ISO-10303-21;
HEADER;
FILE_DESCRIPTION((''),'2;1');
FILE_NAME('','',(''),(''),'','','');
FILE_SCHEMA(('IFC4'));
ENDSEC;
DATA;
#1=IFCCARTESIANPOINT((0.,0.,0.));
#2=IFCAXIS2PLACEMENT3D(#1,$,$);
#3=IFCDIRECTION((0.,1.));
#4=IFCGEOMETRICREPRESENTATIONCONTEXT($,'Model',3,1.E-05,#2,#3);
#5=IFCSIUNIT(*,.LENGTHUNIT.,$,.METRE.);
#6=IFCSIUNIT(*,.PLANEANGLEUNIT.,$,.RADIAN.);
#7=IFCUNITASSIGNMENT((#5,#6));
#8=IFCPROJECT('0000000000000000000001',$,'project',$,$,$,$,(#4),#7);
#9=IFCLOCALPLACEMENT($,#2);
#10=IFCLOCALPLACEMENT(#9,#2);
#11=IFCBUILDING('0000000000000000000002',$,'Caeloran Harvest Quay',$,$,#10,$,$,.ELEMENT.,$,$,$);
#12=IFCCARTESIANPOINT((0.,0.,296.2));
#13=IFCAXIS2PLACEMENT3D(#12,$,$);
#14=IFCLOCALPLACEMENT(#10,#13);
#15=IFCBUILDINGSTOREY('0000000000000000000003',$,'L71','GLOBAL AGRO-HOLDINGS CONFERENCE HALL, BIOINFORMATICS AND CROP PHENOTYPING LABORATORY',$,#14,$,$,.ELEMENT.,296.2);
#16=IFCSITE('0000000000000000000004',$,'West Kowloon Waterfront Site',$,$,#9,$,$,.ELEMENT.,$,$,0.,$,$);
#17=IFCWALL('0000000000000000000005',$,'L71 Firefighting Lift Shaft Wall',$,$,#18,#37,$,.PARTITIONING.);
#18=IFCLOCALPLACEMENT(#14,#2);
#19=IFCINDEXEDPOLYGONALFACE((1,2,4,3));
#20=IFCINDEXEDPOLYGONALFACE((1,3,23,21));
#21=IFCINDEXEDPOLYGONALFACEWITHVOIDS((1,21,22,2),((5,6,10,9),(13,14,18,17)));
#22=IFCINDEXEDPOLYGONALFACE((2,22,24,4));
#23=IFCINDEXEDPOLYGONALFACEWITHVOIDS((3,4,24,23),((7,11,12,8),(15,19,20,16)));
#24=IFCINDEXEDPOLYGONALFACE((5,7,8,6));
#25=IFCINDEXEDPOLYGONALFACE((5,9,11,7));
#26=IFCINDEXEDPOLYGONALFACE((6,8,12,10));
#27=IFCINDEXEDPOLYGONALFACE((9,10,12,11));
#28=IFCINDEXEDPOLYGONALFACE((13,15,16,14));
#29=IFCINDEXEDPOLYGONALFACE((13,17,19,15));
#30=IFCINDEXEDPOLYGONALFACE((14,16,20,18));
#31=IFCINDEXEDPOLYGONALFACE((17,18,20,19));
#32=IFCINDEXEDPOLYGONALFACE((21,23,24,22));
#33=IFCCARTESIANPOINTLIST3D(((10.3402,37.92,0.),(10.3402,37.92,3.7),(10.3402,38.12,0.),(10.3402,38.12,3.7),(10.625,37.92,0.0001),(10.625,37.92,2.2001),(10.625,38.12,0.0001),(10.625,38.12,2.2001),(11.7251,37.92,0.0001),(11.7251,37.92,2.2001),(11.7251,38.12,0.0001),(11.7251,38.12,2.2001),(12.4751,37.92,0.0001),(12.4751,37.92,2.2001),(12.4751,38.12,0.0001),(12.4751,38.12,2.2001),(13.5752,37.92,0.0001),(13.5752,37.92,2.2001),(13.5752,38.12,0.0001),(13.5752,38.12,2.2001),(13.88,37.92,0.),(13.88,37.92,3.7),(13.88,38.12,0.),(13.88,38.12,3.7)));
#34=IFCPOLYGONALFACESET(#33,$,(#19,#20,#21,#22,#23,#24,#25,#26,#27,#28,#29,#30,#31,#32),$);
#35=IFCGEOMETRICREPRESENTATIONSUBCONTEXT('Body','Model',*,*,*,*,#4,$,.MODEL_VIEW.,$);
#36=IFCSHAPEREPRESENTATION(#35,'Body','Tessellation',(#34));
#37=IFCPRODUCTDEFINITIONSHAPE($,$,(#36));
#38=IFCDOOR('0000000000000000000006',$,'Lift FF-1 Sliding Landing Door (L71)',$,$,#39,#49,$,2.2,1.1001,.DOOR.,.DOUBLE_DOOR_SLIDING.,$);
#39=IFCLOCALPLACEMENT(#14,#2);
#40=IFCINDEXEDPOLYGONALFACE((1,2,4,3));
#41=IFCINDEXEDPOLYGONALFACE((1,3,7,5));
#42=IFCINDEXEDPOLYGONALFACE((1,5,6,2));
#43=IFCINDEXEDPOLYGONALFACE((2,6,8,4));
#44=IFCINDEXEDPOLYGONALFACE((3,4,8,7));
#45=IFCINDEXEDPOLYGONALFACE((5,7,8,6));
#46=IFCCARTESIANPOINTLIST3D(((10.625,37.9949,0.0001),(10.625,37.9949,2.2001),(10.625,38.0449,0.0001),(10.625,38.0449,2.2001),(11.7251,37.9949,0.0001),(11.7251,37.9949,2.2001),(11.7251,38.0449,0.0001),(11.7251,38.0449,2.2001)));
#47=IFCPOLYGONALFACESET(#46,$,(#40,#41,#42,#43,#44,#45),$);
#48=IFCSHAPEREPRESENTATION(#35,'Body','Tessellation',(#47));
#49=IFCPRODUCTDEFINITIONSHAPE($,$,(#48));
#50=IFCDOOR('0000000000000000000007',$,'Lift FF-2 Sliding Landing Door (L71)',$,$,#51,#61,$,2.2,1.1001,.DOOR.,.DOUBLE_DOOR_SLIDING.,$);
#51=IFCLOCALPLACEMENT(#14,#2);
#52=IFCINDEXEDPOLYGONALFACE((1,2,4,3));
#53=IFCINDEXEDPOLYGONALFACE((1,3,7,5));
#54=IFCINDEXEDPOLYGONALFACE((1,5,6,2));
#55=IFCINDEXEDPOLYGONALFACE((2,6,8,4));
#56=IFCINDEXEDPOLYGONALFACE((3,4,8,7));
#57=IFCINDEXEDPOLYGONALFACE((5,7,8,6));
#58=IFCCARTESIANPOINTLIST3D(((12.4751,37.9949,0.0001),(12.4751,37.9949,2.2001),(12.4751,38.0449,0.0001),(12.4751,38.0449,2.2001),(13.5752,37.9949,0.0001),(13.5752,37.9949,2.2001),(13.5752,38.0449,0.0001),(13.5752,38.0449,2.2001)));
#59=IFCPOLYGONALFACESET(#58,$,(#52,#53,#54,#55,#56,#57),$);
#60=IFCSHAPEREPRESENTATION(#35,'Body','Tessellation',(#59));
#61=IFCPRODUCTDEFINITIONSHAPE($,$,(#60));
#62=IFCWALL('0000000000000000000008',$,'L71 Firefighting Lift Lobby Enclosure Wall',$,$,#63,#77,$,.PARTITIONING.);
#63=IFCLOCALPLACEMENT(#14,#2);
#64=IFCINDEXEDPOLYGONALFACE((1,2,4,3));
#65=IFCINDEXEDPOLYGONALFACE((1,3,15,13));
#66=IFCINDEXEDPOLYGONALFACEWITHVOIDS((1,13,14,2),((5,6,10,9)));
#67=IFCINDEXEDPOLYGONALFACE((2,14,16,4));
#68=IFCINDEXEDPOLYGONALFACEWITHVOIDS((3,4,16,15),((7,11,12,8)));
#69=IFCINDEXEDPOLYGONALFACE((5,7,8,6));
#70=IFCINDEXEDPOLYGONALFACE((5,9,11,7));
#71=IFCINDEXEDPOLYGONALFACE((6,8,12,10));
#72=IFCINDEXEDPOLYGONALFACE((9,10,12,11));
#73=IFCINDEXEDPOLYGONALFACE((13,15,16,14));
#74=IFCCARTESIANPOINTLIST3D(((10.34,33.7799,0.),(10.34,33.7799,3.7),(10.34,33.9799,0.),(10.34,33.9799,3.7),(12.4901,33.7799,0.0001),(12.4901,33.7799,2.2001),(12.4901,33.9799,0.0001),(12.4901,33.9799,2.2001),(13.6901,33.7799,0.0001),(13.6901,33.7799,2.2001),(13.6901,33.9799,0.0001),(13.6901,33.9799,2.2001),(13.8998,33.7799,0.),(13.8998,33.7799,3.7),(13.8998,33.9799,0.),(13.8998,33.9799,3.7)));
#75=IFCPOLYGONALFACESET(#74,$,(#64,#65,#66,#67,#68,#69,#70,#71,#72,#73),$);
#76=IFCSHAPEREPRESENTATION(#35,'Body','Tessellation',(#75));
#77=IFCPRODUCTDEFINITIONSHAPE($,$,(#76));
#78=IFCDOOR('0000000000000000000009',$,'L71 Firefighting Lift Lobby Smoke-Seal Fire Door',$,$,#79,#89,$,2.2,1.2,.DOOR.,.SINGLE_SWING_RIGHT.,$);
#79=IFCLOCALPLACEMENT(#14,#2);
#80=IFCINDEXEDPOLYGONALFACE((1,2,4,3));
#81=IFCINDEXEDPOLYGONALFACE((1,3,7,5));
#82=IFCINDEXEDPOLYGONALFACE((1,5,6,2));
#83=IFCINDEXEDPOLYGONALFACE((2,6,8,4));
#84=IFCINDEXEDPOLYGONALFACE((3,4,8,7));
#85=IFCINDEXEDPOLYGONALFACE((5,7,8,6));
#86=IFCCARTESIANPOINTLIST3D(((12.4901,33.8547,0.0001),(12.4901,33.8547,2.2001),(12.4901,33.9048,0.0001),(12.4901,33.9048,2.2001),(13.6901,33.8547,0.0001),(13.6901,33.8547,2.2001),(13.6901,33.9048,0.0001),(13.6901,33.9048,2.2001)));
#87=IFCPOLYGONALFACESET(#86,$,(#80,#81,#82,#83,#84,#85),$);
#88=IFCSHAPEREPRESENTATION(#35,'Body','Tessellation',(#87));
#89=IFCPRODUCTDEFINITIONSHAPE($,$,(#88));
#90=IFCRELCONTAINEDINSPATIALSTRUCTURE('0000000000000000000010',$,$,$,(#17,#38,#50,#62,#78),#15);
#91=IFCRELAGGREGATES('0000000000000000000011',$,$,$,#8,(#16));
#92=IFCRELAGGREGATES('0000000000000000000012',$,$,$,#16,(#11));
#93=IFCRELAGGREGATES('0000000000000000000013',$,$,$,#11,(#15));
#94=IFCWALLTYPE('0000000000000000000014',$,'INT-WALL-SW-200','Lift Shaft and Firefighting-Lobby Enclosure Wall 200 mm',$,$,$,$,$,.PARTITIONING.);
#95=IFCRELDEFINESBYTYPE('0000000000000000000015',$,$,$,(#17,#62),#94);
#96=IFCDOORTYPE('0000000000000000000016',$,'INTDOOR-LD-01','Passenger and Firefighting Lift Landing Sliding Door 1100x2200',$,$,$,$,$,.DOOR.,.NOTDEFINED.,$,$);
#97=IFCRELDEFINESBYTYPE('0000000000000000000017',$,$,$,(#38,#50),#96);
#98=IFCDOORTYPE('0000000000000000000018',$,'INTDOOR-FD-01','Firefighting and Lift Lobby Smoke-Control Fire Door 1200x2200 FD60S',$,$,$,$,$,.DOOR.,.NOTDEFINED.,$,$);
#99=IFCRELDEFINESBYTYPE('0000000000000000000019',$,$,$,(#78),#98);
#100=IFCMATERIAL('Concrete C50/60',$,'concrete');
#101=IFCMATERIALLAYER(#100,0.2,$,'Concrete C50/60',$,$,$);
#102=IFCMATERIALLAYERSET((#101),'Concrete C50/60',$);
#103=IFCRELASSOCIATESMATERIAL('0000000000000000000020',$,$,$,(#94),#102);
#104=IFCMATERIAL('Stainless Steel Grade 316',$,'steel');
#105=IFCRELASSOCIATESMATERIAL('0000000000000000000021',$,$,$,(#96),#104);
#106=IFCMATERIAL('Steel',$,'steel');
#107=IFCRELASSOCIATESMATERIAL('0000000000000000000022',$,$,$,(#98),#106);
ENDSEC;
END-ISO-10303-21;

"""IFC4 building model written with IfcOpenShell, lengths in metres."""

from ifc_helpers import new_model, si_unit, direction, frame, frame_2d, origin, place, context, subcontext, project, spatial, rectangle, extrude, material, layer, layer_set, type_object, element, fill, save


model = new_model("IFC4")

# Units and contexts
model_context = context("Model", 3, precision=1e-05, world=origin(), true_north=direction((0.0, 1.0)))
body_context = subcontext(model_context, "Body", "Model", "MODEL_VIEW")
ifc_project = project(units=[si_unit("LENGTHUNIT", "METRE"), si_unit("PLANEANGLEUNIT", "RADIAN")], contexts=[model_context])

# Site, building, storey
site_placement = place(None, origin())
site = spatial("IfcSite", under=ifc_project, at=site_placement, Name="West Kowloon Waterfront Site", CompositionType="ELEMENT", RefElevation=0.0)
building_placement = place(site_placement, origin())
building = spatial("IfcBuilding", under=site, at=building_placement, Name="Caeloran Harvest Quay", CompositionType="ELEMENT")
storey_placement = place(building_placement, frame((0.0, 0.0, 296.2)))
storey = spatial("IfcBuildingStorey", under=building, at=storey_placement, Name="L71", Description="GLOBAL AGRO-HOLDINGS CONFERENCE HALL, BIOINFORMATICS AND CROP PHENOTYPING LABORATORY", CompositionType="ELEMENT", Elevation=296.2)

# Shared definitions
ifc_material_1 = material(Name="Concrete C50/60", Category="concrete")
ifc_layer_1 = layer(ifc_material_1, 0.2, Name="Concrete C50/60")
ifc_layer_set_1 = layer_set([ifc_layer_1], Name="Concrete C50/60")
wall_type_1 = type_object("IfcWallType", Name="INT-WALL-SW-200", Description="Lift Shaft and Firefighting-Lobby Enclosure Wall 200 mm", PredefinedType="PARTITIONING", material=ifc_layer_set_1)
ifc_material_2 = material(Name="Stainless Steel Grade 316", Category="steel")
door_type_1 = type_object("IfcDoorType", Name="INTDOOR-LD-01", Description="Passenger and Firefighting Lift Landing Sliding Door 1100x2200", OperationType="NOTDEFINED", PredefinedType="DOOR", material=ifc_material_2)

# Wall, openings, doors
wall_1_placement = place(storey_placement, frame((10.3401, 38.02, 0.0), z_axis=(0.0, 0.0, 1.0), x_axis=(1.0, 0.0, 0.0)))
wall_1 = element("IfcWall", 1, at=wall_1_placement, inside=storey, type_object=wall_type_1, Name="L71 Firefighting Lift Shaft Wall", PredefinedType="PARTITIONING", context=body_context, shape_type="SweptSolid", body=[
    extrude(rectangle(XDim=3.5398, YDim=0.2, at=frame_2d((1.77, 0.0))), origin(), (0.0, 0.0, 1.0), 3.7),
])
opening_1_placement = place(wall_1_placement, frame((0.2849, 0.0, 0.0)))
opening_1 = element("IfcOpeningElement", 2, at=opening_1_placement, cuts=wall_1, PredefinedType="OPENING", context=body_context, shape_type="SweptSolid", body=[
    extrude(rectangle(XDim=1.1001, YDim=2.2, at=frame_2d((0.55, 1.1001))), frame((0.0, 0.1099, 0.0), z_axis=(0.0, -1.0, 0.0), x_axis=(1.0, 0.0, 0.0)), (0.0, 0.0, 1.0), 0.22),
])
opening_2_placement = place(wall_1_placement, frame((2.135, 0.0, 0.0)))
opening_2 = element("IfcOpeningElement", 3, at=opening_2_placement, cuts=wall_1, PredefinedType="OPENING", context=body_context, shape_type="SweptSolid", body=[
    extrude(rectangle(XDim=1.1001, YDim=2.2, at=frame_2d((0.55, 1.1001))), frame((0.0, 0.1099, 0.0), z_axis=(0.0, -1.0, 0.0), x_axis=(1.0, 0.0, 0.0)), (0.0, 0.0, 1.0), 0.22),
])
door_1_placement = place(opening_1_placement, origin())
door_1 = element("IfcDoor", 4, at=door_1_placement, inside=storey, type_object=door_type_1, Name="Lift FF-1 Sliding Landing Door (L71)", OperationType="DOUBLE_DOOR_SLIDING", OverallHeight=2.2, OverallWidth=1.1001, PredefinedType="DOOR", context=body_context, shape_type="SweptSolid", body=[
    extrude(rectangle(XDim=1.1001, YDim=2.2, at=frame_2d((0.55, 1.1001))), frame((0.0, 0.0249, 0.0), z_axis=(0.0, -1.0, 0.0), x_axis=(1.0, 0.0, 0.0)), (0.0, 0.0, 1.0), 0.05),
])
fill(opening_1, door_1)
door_2_placement = place(opening_2_placement, origin())
door_2 = element("IfcDoor", 5, at=door_2_placement, inside=storey, type_object=door_type_1, Name="Lift FF-2 Sliding Landing Door (L71)", OperationType="DOUBLE_DOOR_SLIDING", OverallHeight=2.2, OverallWidth=1.1001, PredefinedType="DOOR", context=body_context, shape_type="SweptSolid", body=[
    extrude(rectangle(XDim=1.1001, YDim=2.2, at=frame_2d((0.55, 1.1001))), frame((0.0, 0.0249, 0.0), z_axis=(0.0, -1.0, 0.0), x_axis=(1.0, 0.0, 0.0)), (0.0, 0.0, 1.0), 0.05),
])
fill(opening_2, door_2)

# Wall, opening, door
wall_2_placement = place(storey_placement, frame((10.3401, 33.8799, 0.0), z_axis=(0.0, 0.0, 1.0), x_axis=(1.0, 0.0, 0.0)))
wall_2 = element("IfcWall", 6, at=wall_2_placement, inside=storey, type_object=wall_type_1, Name="L71 Firefighting Lift Lobby Enclosure Wall", PredefinedType="PARTITIONING", context=body_context, shape_type="SweptSolid", body=[
    extrude(rectangle(XDim=3.5598, YDim=0.2, at=frame_2d((1.7798, 0.0))), origin(), (0.0, 0.0, 1.0), 3.7),
])
opening_3_placement = place(wall_2_placement, frame((2.1499, 0.0, 0.0)))
opening_3 = element("IfcOpeningElement", 7, at=opening_3_placement, cuts=wall_2, PredefinedType="OPENING", context=body_context, shape_type="SweptSolid", body=[
    extrude(rectangle(XDim=1.2, YDim=2.2, at=frame_2d((0.6001, 1.1001))), frame((0.0, 0.1099, 0.0), z_axis=(0.0, -1.0, 0.0), x_axis=(1.0, 0.0, 0.0)), (0.0, 0.0, 1.0), 0.22),
])
ifc_material_3 = material(Name="Steel", Category="steel")
door_type_2 = type_object("IfcDoorType", Name="INTDOOR-FD-01", Description="Firefighting and Lift Lobby Smoke-Control Fire Door 1200x2200 FD60S", OperationType="NOTDEFINED", PredefinedType="DOOR", material=ifc_material_3)
door_3_placement = place(opening_3_placement, origin())
door_3 = element("IfcDoor", 8, at=door_3_placement, inside=storey, type_object=door_type_2, Name="L71 Firefighting Lift Lobby Smoke-Seal Fire Door", OperationType="SINGLE_SWING_RIGHT", OverallHeight=2.2, OverallWidth=1.2, PredefinedType="DOOR", context=body_context, shape_type="SweptSolid", body=[
    extrude(rectangle(XDim=1.2, YDim=2.2, at=frame_2d((0.6001, 1.1001))), frame((0.0, 0.0249, 0.0), z_axis=(0.0, -1.0, 0.0), x_axis=(1.0, 0.0, 0.0)), (0.0, 0.0, 1.0), 0.05),
])
fill(opening_3, door_3)

save(model, "model.ifc")
